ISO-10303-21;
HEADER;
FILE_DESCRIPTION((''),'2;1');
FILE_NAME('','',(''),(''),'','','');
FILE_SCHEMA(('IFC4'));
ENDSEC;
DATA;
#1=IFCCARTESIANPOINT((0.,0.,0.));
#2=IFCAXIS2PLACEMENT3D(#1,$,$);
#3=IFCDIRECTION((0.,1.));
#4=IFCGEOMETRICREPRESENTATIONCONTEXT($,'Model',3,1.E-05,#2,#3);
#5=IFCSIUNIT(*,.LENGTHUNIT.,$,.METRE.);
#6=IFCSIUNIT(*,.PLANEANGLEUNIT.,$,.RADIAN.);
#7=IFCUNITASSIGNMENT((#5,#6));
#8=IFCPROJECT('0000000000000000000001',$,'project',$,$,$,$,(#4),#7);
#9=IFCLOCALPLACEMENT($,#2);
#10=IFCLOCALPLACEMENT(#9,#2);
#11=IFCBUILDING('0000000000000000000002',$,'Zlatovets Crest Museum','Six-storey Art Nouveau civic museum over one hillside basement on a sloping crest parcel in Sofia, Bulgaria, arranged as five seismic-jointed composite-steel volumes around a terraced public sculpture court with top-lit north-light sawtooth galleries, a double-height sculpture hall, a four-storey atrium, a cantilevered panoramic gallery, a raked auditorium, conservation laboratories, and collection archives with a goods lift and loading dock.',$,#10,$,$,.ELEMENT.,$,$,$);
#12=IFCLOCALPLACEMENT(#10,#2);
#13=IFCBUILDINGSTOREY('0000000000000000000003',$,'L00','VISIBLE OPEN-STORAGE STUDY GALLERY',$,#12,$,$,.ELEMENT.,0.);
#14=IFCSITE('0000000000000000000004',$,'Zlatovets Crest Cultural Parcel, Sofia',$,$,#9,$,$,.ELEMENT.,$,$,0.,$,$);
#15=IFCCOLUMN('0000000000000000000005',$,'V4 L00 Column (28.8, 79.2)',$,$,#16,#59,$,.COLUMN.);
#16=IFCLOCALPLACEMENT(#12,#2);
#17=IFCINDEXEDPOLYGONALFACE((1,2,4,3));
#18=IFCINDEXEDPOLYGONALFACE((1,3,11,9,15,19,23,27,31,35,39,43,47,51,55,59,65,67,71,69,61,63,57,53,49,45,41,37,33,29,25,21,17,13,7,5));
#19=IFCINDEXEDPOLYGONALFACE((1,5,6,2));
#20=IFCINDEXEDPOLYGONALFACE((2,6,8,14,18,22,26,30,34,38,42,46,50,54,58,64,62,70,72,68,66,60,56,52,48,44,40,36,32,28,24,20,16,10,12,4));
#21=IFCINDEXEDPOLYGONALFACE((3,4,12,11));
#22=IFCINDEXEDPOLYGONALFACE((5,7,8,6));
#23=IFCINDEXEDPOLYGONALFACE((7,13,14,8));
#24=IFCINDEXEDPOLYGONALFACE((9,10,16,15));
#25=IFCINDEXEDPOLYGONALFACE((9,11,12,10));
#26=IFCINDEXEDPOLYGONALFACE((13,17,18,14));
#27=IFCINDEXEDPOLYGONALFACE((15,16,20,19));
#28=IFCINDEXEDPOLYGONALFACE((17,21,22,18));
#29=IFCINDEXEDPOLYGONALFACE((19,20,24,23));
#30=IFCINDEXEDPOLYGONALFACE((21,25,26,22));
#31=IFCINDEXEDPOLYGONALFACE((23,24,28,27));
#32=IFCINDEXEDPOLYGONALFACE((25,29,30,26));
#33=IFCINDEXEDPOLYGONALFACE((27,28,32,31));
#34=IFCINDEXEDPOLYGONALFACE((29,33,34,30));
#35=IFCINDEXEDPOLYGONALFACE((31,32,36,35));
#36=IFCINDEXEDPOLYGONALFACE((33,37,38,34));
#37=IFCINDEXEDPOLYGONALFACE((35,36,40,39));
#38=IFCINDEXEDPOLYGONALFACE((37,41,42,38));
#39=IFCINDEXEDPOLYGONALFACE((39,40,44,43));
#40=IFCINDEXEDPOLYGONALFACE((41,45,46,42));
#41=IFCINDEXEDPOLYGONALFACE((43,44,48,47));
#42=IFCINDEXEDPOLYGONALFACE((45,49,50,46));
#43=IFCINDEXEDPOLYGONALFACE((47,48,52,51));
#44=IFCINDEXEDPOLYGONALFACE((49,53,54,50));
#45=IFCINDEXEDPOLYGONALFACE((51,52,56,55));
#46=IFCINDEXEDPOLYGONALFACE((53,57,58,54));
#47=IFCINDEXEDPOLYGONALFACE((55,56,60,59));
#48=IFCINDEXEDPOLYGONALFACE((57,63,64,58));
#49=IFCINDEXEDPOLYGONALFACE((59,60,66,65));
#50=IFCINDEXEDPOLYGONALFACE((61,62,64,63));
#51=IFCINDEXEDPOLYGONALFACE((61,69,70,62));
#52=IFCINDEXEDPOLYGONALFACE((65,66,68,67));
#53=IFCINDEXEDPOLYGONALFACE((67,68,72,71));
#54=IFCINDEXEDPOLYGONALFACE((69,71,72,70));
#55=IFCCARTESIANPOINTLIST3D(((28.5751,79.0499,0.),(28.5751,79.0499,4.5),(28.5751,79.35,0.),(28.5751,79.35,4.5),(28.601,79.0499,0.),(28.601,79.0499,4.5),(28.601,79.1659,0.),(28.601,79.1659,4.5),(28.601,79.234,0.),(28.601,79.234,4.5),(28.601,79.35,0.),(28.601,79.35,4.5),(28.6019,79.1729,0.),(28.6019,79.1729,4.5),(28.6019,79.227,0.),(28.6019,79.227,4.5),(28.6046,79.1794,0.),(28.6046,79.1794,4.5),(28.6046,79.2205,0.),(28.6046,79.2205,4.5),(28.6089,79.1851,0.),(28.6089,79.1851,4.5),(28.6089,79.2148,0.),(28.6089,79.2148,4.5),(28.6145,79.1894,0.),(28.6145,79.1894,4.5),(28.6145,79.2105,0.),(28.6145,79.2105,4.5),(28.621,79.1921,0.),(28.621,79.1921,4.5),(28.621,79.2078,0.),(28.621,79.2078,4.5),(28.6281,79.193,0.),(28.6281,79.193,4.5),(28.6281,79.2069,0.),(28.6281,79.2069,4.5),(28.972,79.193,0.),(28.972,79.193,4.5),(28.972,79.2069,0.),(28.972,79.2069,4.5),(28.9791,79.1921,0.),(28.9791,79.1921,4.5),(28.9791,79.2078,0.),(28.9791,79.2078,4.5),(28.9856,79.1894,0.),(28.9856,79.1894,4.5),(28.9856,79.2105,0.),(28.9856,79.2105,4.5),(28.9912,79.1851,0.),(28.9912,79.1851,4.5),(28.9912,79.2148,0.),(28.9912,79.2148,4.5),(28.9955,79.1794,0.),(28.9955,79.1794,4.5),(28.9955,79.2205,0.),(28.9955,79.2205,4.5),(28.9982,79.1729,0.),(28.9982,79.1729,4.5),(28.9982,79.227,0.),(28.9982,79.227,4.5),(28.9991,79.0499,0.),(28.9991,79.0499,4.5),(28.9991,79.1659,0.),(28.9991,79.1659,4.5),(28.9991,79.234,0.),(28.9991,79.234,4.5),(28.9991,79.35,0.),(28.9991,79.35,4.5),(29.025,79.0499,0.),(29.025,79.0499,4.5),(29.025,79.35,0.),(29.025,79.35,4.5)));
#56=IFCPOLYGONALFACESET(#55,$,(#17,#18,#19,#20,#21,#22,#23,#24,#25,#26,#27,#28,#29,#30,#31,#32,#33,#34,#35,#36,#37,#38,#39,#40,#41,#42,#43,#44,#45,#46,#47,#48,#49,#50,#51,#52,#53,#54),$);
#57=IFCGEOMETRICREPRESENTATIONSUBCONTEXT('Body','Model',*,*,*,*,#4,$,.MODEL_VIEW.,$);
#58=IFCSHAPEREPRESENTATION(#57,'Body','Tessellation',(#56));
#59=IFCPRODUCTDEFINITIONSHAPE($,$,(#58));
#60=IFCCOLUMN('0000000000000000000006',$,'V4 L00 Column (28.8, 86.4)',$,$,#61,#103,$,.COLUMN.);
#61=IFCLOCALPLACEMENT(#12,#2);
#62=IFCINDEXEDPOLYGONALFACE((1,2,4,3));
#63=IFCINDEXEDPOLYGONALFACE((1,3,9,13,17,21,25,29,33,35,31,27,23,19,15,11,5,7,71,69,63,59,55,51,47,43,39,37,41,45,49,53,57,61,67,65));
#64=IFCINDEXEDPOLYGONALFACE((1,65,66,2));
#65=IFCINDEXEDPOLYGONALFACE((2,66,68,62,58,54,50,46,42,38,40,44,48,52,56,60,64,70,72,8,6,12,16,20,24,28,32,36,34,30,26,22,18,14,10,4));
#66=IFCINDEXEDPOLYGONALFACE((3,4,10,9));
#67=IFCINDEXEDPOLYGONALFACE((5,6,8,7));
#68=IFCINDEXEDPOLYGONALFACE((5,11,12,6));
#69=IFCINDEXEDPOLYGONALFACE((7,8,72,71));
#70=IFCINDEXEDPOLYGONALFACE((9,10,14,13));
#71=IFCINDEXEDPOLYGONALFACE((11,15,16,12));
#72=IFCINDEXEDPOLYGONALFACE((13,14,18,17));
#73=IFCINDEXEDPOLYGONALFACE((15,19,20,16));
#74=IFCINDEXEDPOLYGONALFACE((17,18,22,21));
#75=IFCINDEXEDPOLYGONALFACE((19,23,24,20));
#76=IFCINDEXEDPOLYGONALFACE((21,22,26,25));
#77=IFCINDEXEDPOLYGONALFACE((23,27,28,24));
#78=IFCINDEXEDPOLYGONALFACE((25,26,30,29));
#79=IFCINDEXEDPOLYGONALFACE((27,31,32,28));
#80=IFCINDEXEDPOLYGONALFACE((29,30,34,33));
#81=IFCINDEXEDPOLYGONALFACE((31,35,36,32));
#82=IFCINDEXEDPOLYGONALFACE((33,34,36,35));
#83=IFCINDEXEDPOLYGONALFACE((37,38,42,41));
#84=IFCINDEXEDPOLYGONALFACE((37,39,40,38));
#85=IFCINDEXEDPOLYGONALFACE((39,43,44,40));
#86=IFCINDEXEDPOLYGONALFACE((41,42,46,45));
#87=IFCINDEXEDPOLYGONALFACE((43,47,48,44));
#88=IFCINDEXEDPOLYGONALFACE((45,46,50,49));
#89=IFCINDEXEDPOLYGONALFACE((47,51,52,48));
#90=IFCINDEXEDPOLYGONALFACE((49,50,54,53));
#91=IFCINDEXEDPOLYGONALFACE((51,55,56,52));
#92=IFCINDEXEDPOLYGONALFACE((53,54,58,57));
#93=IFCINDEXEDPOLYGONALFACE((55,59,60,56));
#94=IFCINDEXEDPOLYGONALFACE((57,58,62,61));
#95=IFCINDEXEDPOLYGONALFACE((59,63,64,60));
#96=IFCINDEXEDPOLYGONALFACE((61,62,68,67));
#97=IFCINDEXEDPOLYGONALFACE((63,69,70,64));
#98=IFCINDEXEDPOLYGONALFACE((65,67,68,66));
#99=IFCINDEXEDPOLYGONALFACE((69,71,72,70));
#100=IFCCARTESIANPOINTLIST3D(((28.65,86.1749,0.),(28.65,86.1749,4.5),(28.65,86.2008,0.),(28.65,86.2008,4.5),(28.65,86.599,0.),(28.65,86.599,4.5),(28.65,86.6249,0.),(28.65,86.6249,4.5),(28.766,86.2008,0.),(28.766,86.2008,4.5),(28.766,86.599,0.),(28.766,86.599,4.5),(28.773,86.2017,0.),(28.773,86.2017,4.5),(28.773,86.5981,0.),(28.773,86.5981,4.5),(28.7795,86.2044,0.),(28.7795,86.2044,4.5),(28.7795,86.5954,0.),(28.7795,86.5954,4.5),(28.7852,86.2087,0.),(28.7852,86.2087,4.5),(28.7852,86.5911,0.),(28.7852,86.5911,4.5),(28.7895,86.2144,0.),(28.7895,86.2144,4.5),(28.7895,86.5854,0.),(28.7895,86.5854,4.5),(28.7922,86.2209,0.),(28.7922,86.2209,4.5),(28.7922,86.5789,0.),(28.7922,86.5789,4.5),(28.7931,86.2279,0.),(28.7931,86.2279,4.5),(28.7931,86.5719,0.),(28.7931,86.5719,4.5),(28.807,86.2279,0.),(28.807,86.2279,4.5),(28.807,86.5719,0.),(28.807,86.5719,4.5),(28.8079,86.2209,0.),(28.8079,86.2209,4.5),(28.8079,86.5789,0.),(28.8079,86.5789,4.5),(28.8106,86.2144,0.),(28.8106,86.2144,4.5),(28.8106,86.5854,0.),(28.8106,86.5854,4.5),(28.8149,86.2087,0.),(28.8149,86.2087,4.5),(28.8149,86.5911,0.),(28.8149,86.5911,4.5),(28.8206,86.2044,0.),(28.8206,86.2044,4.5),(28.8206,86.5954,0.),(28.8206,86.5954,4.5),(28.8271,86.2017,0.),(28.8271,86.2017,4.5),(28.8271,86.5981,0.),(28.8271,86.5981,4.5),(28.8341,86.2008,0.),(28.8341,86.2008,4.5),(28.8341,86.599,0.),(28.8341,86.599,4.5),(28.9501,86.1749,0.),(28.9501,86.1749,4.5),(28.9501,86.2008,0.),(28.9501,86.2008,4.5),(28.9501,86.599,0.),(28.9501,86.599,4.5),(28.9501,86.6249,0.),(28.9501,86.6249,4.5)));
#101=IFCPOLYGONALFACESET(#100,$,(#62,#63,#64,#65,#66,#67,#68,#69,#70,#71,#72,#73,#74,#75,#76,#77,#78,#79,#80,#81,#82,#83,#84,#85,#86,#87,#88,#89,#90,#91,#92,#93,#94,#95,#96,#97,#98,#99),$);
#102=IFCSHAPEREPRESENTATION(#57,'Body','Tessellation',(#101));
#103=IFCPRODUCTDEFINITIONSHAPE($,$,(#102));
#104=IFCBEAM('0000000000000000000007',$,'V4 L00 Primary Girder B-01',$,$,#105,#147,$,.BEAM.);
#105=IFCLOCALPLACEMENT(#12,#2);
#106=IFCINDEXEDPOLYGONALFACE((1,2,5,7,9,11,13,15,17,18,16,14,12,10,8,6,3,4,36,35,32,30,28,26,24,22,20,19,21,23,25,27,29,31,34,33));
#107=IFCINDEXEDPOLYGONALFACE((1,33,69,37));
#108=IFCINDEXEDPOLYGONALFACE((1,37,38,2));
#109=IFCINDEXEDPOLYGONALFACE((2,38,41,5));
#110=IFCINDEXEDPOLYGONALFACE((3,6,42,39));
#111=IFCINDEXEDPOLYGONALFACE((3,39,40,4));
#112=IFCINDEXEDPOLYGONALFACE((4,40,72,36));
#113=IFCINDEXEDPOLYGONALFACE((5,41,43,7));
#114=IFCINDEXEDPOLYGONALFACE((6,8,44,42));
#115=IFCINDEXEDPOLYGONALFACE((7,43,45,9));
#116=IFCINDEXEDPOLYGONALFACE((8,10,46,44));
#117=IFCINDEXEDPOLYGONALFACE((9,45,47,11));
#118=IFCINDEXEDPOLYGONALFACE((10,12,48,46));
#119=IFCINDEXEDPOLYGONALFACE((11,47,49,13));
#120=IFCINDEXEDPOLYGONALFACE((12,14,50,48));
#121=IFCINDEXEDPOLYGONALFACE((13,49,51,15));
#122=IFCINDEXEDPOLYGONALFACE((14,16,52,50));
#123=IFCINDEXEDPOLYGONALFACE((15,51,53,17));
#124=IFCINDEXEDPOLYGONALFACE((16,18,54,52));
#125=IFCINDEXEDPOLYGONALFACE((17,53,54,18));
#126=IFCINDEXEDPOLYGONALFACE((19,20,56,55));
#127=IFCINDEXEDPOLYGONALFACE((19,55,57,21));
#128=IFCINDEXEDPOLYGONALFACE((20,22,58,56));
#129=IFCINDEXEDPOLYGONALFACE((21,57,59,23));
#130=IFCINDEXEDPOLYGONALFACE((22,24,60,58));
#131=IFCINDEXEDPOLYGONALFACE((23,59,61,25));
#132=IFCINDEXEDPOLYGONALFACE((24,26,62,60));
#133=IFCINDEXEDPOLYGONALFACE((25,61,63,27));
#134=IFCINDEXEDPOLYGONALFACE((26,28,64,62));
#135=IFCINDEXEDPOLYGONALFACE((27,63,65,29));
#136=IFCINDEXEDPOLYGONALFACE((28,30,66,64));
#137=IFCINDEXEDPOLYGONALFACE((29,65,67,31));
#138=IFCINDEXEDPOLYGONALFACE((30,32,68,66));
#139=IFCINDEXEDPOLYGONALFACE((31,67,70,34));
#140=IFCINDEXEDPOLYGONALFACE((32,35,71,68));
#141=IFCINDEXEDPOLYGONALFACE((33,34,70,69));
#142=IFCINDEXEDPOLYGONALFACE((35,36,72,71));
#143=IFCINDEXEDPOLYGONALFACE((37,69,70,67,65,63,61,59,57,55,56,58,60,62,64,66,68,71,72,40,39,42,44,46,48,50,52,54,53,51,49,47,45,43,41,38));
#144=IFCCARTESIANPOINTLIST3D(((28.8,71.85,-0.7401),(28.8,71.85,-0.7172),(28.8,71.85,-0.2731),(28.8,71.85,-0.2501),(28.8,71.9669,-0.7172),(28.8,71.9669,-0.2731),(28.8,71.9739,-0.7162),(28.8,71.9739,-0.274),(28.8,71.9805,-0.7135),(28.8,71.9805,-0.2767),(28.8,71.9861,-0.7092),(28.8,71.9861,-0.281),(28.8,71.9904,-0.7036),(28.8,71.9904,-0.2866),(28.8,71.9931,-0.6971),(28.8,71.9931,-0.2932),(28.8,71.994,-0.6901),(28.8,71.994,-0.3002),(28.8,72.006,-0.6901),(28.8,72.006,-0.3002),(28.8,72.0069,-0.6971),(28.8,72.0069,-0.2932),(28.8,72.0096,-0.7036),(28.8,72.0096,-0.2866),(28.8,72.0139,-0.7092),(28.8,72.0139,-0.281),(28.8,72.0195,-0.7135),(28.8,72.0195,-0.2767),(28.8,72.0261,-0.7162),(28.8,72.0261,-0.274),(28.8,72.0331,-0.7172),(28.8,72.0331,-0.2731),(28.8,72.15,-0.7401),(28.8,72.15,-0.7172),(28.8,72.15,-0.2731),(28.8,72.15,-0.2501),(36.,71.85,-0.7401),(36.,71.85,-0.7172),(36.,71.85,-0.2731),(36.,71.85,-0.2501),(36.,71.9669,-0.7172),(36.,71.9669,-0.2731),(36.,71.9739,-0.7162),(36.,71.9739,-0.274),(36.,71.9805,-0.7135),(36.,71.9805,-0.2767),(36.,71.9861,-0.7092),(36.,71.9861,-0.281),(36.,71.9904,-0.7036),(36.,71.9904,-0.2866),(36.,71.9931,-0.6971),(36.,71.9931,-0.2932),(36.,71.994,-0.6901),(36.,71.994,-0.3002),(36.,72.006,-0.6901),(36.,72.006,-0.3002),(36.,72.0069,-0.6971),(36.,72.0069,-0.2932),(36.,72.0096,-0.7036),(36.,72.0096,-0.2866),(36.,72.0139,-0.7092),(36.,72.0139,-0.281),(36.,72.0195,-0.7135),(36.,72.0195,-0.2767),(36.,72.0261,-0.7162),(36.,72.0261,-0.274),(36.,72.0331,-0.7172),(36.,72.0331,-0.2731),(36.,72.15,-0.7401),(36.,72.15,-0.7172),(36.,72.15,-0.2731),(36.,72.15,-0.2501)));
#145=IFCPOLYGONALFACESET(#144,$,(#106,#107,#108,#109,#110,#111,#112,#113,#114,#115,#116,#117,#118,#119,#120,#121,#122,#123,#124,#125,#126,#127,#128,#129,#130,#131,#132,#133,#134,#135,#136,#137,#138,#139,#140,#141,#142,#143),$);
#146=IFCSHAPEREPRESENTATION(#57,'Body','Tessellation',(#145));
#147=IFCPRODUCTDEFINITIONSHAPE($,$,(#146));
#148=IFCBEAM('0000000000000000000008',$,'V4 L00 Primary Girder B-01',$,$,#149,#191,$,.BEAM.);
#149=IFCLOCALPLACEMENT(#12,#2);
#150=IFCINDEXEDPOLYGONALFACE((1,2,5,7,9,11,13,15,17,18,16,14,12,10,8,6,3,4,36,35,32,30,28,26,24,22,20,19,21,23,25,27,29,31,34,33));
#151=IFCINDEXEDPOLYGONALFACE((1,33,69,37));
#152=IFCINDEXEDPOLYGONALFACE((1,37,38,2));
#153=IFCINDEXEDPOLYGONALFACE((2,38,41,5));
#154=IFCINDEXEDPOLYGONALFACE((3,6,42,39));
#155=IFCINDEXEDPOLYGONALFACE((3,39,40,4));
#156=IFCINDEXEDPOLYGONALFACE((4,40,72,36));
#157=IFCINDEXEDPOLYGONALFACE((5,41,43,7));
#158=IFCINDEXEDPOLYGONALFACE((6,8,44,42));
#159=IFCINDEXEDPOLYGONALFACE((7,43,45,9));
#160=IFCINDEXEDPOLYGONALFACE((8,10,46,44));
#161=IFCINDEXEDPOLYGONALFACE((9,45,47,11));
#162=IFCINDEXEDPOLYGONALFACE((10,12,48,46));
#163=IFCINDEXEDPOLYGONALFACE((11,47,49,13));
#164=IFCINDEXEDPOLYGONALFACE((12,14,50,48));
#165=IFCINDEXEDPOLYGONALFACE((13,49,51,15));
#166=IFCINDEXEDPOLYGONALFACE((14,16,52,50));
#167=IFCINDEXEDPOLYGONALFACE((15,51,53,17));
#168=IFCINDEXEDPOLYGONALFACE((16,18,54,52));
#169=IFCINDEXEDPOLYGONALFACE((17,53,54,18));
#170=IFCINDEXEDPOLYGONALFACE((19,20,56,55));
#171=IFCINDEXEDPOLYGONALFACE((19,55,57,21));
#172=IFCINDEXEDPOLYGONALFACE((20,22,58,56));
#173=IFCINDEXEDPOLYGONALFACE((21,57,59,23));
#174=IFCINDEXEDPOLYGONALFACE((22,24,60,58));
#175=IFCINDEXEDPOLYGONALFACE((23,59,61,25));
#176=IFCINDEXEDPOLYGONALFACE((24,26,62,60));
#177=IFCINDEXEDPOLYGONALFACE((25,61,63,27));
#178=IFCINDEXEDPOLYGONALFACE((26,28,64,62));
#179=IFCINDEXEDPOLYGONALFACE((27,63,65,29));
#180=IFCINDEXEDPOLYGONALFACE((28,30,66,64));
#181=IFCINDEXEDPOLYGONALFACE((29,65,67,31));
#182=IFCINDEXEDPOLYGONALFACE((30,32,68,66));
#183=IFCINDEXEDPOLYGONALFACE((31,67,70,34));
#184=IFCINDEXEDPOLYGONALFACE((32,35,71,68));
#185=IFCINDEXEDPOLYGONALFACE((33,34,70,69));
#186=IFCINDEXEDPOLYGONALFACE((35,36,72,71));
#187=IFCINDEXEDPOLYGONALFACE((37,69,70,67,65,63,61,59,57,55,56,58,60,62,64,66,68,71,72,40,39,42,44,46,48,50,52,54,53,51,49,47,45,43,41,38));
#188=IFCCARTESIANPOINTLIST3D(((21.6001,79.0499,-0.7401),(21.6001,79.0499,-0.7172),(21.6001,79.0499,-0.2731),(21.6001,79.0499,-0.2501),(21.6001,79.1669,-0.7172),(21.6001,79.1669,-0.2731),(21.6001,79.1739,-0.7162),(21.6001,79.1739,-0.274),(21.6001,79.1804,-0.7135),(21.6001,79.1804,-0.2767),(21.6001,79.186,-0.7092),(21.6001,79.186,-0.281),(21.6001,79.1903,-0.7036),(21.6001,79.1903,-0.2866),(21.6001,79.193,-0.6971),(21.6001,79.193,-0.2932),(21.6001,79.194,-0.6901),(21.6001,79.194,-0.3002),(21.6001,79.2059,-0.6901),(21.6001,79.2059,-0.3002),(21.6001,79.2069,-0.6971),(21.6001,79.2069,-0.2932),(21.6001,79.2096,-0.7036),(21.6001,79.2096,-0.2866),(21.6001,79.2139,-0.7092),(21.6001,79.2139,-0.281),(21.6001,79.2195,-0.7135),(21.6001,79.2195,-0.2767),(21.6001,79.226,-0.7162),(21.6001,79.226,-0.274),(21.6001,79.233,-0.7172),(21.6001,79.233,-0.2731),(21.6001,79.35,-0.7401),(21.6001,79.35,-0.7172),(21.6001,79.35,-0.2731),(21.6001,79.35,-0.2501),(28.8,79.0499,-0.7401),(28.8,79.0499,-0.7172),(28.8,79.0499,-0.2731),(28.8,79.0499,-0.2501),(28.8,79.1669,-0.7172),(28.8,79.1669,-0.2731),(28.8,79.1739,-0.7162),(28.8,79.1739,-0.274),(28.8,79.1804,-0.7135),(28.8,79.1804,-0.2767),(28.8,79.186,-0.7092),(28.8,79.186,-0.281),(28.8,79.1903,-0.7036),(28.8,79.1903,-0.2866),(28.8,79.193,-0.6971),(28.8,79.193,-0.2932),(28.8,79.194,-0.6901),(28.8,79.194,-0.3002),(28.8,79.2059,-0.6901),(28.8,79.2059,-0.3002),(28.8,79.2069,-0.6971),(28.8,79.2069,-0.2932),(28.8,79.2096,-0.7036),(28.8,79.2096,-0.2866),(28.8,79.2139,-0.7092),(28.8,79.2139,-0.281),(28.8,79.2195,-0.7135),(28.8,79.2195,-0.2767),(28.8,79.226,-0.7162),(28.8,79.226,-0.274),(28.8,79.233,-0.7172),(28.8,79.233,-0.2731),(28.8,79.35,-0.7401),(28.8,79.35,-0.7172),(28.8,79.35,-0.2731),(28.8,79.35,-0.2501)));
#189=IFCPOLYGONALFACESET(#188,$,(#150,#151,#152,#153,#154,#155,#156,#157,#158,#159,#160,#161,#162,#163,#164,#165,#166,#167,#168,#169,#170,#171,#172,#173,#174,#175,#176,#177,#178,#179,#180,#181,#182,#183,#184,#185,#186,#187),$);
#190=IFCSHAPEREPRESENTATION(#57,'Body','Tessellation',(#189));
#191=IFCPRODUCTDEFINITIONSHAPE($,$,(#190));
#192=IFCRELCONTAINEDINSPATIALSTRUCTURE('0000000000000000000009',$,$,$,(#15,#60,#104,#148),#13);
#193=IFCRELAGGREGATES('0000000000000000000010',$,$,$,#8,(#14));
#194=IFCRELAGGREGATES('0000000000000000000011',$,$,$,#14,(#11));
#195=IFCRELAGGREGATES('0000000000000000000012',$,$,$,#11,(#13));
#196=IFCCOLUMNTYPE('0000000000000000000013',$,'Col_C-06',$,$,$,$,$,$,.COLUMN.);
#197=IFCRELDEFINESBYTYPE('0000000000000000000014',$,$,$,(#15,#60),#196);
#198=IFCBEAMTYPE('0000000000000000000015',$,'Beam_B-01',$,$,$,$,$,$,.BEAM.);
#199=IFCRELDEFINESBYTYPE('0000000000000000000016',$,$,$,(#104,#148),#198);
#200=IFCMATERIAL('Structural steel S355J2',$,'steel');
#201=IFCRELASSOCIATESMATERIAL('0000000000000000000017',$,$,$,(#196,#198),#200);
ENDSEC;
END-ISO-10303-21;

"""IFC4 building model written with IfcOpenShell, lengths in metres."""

from ifc_helpers import new_model, si_unit, direction, frame, origin, origin_2d, place, context, subcontext, project, spatial, i_section, extrude, material, material_profile, profile_set, type_object, element, save


model = new_model("IFC4")

# Units and contexts
model_context = context("Model", 3, precision=1e-05, world=origin(), true_north=direction((0.0, 1.0)))
body_context = subcontext(model_context, "Body", "Model", "MODEL_VIEW")
ifc_project = project(units=[si_unit("LENGTHUNIT", "METRE"), si_unit("PLANEANGLEUNIT", "RADIAN")], contexts=[model_context])

# Site, building, storey
site_placement = place(None, origin())
site = spatial("IfcSite", under=ifc_project, at=site_placement, Name="Zlatovets Crest Cultural Parcel, Sofia", CompositionType="ELEMENT", RefElevation=0.0)
building_placement = place(site_placement, origin())
building = spatial("IfcBuilding", under=site, at=building_placement, Name="Zlatovets Crest Museum", Description="Six-storey Art Nouveau civic museum over one hillside basement on a sloping crest parcel in Sofia, Bulgaria, arranged as five seismic-jointed composite-steel volumes around a terraced public sculpture court with top-lit north-light sawtooth galleries, a double-height sculpture hall, a four-storey atrium, a cantilevered panoramic gallery, a raked auditorium, conservation laboratories, and collection archives with a goods lift and loading dock.", CompositionType="ELEMENT")
storey_placement = place(building_placement, origin())
storey = spatial("IfcBuildingStorey", under=building, at=storey_placement, Name="L00", Description="VISIBLE OPEN-STORAGE STUDY GALLERY", CompositionType="ELEMENT", Elevation=0.0)

# Columns
ifc_material_1 = material(Name="Structural steel S355J2", Category="steel")
ifc_material_profile_1 = material_profile(ifc_material_1, i_section(OverallWidth=0.3, OverallDepth=0.45, WebThickness=0.0139, FlangeThickness=0.0259, FilletRadius=0.0271, at=origin_2d()), Name="HEB 450")
ifc_profile_set_1 = profile_set([ifc_material_profile_1], Name="Structural steel S355J2")
column_type = type_object("IfcColumnType", Name="Col_C-06", PredefinedType="COLUMN", material=ifc_profile_set_1)
for number, where, z_axis, x_axis, name in (
    (1, (28.8, 79.2, 0.0), (0.0, 0.0, 1.0), (0.0, 1.0, 0.0), "V4 L00 Column (28.8, 79.2)"),
    (2, (28.8, 86.3999, 0.0), (0.0, 0.0, 1.0), (1.0, 0.0, 0.0), "V4 L00 Column (28.8, 86.4)"),
):
    element("IfcColumn", number, at=place(storey_placement, frame(where, z_axis=z_axis, x_axis=x_axis)), inside=storey, type_object=column_type, Name=name, PredefinedType="COLUMN", context=body_context, shape_type="SweptSolid", body=[
        extrude(i_section(OverallWidth=0.3, OverallDepth=0.45, WebThickness=0.0139, FlangeThickness=0.0259, FilletRadius=0.0271, at=origin_2d()), origin(), (0.0, 0.0, 1.0), 4.5),
    ])

# Beams
ifc_material_profile_2 = material_profile(ifc_material_1, i_section(OverallWidth=0.3, OverallDepth=0.49, WebThickness=0.012, FlangeThickness=0.0229, FilletRadius=0.0271, at=origin_2d()), Name="HEA 500")
ifc_profile_set_2 = profile_set([ifc_material_profile_2], Name="Structural steel S355J2")
beam_type_1 = type_object("IfcBeamType", Name="Beam_B-01", PredefinedType="BEAM", material=ifc_profile_set_2)
for number, where, z_axis, x_axis, name in (
    (3, (28.8, 72.0, -0.4951), (1.0, 0.0, 0.0), (0.0, 1.0, 0.0), "V4 L00 Primary Girder B-01"),
    (4, (21.6001, 79.2, -0.4951), (1.0, 0.0, 0.0), (0.0, 1.0, 0.0), "V4 L00 Primary Girder B-01"),
):
    element("IfcBeam", number, at=place(storey_placement, frame(where, z_axis=z_axis, x_axis=x_axis)), inside=storey, type_object=beam_type_1, Name=name, PredefinedType="BEAM", context=body_context, shape_type="SweptSolid", body=[
        extrude(i_section(OverallWidth=0.3, OverallDepth=0.49, WebThickness=0.012, FlangeThickness=0.0229, FilletRadius=0.0271, at=origin_2d()), origin(), (0.0, 0.0, 1.0), 7.2),
    ])

save(model, "model.ifc")
